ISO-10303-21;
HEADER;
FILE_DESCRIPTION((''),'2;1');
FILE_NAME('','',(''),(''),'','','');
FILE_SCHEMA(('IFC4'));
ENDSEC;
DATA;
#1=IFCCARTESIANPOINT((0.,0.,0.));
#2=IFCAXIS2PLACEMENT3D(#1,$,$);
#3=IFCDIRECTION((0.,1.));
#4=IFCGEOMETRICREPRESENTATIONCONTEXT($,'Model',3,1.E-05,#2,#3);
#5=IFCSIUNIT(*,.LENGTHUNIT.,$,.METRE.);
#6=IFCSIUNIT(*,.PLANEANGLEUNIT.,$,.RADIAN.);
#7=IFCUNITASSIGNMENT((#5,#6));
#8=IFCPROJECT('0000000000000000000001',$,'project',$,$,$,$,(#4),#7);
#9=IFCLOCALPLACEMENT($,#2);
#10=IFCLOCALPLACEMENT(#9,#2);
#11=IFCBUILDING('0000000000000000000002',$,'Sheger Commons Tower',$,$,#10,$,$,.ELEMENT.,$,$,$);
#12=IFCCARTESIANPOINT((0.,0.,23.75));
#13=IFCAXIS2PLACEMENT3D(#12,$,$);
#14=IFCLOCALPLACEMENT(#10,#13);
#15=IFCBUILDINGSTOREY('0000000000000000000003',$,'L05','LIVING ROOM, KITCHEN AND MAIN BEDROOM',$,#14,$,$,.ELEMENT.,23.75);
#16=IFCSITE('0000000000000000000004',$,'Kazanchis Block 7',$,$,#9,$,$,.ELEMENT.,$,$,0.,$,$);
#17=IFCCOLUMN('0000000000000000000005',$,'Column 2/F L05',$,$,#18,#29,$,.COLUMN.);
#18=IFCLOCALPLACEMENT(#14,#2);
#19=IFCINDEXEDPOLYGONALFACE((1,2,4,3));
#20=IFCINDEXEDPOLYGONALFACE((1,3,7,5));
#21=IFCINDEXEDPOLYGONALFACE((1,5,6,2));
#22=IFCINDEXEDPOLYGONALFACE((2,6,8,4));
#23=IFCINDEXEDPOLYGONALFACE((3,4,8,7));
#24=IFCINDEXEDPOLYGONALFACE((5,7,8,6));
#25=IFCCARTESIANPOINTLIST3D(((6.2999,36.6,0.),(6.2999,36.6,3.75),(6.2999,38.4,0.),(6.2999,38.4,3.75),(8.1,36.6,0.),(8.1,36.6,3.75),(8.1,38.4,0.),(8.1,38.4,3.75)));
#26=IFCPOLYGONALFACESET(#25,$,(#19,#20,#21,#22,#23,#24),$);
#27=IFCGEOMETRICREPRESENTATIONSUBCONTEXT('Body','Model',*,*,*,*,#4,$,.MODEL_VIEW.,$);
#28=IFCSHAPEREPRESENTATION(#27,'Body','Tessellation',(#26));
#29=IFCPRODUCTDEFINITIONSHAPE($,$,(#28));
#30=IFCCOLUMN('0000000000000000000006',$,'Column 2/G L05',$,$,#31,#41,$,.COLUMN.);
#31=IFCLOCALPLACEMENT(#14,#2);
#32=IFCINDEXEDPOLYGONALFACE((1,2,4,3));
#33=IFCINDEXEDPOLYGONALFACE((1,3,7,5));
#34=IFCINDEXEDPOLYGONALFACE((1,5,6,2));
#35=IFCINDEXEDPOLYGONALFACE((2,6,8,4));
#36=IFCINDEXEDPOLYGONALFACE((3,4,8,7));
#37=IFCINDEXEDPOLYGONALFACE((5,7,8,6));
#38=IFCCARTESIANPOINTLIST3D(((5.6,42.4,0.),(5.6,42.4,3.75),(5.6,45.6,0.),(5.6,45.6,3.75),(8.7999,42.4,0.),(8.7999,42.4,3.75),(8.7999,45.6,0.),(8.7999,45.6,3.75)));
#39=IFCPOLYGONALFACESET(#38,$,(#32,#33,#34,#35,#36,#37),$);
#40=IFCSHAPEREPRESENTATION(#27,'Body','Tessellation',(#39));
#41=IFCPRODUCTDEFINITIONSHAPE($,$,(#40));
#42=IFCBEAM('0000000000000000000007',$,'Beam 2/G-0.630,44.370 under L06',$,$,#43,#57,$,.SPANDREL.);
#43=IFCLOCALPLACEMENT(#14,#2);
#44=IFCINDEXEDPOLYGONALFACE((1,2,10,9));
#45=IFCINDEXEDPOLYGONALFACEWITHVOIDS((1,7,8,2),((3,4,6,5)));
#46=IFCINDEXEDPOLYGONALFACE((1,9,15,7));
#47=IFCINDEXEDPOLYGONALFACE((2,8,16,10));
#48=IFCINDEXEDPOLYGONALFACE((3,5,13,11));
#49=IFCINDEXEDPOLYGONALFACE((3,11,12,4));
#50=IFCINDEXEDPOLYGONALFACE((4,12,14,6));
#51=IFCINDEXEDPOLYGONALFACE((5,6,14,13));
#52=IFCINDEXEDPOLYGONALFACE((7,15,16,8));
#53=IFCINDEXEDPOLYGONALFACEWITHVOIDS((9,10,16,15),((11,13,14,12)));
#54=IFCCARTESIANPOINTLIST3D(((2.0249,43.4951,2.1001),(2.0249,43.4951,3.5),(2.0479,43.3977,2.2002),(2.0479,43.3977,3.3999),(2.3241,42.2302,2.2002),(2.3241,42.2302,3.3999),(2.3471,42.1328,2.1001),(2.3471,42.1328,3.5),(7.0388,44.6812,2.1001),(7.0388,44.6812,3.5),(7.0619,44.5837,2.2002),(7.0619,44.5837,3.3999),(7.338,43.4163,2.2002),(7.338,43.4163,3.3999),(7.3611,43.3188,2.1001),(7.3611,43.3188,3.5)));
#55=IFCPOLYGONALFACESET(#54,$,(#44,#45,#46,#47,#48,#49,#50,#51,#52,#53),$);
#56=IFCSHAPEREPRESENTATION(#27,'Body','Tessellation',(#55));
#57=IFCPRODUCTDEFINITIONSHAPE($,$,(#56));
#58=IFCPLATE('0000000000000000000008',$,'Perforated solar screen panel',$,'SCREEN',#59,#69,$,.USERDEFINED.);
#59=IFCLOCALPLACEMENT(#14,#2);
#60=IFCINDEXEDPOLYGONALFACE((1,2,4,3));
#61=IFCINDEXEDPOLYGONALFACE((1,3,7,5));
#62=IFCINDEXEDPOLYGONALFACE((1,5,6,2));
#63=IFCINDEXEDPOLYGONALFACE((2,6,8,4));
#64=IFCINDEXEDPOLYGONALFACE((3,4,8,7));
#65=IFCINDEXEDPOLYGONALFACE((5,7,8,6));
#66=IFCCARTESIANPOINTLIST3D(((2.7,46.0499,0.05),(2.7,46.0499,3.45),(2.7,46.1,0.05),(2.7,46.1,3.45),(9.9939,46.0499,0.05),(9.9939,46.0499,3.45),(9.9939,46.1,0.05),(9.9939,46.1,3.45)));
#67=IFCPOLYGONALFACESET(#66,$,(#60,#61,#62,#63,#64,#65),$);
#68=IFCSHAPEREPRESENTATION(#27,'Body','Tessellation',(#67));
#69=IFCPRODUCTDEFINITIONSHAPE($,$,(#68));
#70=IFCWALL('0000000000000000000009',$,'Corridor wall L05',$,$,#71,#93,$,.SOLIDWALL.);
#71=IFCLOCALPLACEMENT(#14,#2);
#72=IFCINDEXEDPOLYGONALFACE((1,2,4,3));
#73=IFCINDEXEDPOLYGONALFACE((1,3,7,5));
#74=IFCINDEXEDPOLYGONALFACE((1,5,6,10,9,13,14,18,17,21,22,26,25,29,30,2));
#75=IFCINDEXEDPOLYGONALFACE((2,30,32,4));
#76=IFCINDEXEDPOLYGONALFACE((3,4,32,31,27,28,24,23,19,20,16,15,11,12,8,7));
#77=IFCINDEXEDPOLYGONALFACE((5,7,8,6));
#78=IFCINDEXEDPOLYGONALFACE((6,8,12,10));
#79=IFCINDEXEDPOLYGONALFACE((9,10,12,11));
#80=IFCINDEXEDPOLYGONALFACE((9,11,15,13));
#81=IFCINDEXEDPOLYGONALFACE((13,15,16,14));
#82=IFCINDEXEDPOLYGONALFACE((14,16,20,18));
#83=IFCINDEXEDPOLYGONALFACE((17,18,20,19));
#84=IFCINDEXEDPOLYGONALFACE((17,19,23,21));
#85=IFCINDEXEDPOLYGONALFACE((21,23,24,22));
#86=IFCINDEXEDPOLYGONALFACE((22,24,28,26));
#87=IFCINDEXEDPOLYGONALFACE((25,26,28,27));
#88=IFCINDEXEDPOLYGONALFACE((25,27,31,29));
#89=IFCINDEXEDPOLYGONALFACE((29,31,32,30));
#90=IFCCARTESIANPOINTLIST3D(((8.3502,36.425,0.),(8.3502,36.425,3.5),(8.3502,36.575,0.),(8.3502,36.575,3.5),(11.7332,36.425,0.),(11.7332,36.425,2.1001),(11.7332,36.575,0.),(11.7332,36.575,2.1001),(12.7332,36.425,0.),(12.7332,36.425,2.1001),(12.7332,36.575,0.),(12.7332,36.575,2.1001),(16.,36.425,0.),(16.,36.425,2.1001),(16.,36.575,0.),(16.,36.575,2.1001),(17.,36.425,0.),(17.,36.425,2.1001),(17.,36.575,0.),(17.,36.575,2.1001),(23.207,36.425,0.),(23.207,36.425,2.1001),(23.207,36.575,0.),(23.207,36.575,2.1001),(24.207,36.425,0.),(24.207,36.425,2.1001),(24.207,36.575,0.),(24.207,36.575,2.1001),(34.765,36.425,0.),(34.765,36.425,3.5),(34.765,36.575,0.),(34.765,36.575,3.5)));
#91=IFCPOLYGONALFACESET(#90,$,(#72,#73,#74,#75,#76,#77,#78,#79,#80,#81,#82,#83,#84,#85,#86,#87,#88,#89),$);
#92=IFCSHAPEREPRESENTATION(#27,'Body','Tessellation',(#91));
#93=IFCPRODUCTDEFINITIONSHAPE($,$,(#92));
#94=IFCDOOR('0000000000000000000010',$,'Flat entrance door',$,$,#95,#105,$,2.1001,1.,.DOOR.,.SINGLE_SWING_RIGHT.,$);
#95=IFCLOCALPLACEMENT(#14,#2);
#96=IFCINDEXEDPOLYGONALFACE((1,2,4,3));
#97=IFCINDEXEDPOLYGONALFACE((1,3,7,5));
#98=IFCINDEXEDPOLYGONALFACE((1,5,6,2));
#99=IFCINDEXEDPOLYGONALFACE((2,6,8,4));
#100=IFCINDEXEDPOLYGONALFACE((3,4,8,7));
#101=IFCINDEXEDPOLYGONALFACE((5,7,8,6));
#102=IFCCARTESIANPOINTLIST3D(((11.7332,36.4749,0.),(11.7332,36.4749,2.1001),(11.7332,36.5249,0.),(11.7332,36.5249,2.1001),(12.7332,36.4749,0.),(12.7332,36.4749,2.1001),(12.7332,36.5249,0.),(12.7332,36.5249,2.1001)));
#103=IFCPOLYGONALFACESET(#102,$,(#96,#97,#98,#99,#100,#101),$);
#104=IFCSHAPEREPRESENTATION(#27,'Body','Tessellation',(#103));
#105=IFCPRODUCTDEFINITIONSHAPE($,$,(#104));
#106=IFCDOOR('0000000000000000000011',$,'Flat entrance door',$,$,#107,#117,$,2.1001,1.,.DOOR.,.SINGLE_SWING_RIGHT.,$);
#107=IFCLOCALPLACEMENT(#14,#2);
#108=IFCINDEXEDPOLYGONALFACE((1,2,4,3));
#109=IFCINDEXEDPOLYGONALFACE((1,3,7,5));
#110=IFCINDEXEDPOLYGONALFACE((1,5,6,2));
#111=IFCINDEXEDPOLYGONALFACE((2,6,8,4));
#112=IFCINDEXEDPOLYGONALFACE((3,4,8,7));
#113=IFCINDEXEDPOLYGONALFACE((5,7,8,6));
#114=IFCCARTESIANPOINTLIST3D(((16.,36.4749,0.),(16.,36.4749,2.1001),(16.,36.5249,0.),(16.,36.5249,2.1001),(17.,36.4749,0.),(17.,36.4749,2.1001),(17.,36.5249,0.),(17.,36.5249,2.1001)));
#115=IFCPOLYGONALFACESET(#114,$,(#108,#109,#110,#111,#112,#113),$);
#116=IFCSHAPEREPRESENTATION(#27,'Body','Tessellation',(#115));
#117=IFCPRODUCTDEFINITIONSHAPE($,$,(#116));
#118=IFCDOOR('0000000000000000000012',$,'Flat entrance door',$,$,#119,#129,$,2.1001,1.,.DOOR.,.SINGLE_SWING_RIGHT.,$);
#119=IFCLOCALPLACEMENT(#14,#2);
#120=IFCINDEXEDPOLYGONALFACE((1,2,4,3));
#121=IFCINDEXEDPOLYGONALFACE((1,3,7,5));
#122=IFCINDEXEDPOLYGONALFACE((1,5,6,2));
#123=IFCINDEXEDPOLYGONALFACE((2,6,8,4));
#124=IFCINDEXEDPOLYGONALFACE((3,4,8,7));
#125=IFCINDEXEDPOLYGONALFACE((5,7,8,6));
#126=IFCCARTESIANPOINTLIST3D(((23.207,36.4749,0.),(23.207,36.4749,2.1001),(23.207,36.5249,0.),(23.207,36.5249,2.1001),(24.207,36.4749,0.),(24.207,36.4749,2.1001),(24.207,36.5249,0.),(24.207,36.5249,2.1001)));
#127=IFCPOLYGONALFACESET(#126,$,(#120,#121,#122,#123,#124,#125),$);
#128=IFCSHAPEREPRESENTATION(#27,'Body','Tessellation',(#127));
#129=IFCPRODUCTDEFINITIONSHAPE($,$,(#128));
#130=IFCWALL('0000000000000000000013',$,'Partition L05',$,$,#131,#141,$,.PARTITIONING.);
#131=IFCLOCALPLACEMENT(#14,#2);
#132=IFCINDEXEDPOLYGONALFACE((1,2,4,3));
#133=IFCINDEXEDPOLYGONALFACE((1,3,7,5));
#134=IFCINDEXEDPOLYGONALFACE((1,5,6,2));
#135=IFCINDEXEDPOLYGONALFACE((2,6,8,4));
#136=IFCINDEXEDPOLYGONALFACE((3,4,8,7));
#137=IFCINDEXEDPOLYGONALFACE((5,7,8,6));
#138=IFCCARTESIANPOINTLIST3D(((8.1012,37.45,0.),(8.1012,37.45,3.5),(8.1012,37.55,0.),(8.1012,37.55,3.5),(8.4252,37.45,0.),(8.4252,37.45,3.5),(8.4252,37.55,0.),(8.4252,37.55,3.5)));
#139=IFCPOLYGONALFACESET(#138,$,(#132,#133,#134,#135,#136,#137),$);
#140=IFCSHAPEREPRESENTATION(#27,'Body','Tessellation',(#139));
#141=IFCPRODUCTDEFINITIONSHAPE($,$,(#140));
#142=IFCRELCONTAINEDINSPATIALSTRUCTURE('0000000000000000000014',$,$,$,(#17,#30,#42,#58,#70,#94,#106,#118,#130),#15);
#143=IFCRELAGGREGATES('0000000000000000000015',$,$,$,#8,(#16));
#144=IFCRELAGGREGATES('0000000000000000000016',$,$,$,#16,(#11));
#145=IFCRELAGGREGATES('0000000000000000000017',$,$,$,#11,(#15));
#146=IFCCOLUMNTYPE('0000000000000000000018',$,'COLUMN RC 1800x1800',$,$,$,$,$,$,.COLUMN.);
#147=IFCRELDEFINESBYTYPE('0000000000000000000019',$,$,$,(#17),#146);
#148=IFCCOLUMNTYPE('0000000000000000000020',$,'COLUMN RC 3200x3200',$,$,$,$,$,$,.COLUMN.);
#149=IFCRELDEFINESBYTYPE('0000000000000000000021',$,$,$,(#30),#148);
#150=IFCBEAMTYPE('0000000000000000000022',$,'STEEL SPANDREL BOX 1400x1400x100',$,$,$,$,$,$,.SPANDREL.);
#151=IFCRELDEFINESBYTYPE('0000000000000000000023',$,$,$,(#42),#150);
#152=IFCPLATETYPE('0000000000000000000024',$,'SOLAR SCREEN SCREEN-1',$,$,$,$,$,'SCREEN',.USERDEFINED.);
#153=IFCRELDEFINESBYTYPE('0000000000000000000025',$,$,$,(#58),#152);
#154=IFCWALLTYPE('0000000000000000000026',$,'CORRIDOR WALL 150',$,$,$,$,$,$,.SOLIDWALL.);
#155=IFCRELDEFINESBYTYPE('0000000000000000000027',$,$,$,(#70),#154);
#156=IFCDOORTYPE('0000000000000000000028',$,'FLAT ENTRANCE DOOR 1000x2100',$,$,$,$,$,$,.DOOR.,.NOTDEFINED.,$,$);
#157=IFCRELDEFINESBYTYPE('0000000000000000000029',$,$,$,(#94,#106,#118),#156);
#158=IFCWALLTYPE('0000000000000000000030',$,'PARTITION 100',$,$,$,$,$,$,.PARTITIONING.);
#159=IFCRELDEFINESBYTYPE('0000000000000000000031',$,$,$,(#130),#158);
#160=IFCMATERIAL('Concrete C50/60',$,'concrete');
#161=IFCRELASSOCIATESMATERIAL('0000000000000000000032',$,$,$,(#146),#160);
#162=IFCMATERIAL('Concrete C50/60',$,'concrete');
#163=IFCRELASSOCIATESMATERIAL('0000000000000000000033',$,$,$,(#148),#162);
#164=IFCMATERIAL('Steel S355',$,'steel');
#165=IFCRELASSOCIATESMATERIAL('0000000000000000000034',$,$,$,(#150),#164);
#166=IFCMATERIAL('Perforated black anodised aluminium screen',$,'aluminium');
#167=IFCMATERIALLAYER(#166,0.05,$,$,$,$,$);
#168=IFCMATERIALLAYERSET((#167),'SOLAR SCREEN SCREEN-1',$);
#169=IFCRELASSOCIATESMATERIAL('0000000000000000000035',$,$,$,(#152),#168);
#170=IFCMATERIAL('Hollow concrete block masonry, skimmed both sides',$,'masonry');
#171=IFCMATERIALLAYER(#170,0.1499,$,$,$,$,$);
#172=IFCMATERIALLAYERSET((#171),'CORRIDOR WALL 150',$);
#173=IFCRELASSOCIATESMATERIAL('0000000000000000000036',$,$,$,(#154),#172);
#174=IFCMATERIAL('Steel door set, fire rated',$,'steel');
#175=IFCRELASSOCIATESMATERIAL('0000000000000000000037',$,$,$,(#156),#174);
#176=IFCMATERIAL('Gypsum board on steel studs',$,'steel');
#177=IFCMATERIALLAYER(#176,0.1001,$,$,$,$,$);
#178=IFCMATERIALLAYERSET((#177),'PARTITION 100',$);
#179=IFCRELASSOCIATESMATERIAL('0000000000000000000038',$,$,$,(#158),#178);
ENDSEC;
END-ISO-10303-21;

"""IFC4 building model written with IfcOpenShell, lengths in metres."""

from ifc_helpers import new_model, si_unit, direction, frame, frame_2d, origin, origin_2d, place, context, subcontext, project, spatial, rectangle, hollow_rectangle, extrude, material, layer, layer_set, material_profile, profile_set, type_object, element, fill, save


model = new_model("IFC4")

# Units and contexts
model_context = context("Model", 3, precision=1e-05, world=origin(), true_north=direction((0.0, 1.0)))
body_context = subcontext(model_context, "Body", "Model", "MODEL_VIEW")
ifc_project = project(units=[si_unit("LENGTHUNIT", "METRE"), si_unit("PLANEANGLEUNIT", "RADIAN")], contexts=[model_context])

# Site, building, storey
site_placement = place(None, origin())
site = spatial("IfcSite", under=ifc_project, at=site_placement, Name="Kazanchis Block 7", CompositionType="ELEMENT", RefElevation=0.0)
building_placement = place(site_placement, origin())
building = spatial("IfcBuilding", under=site, at=building_placement, Name="Sheger Commons Tower", CompositionType="ELEMENT")
storey_placement = place(building_placement, frame((0.0, 0.0, 23.75)))
storey = spatial("IfcBuildingStorey", under=building, at=storey_placement, Name="L05", Description="LIVING ROOM, KITCHEN AND MAIN BEDROOM", CompositionType="ELEMENT", Elevation=23.75)

# Columns
ifc_material_1 = material(Name="Concrete C50/60", Category="concrete")
ifc_material_profile_1 = material_profile(ifc_material_1, rectangle(XDim=1.8, YDim=1.8, at=origin_2d()), Name="RC 1800x1800")
ifc_profile_set_1 = profile_set([ifc_material_profile_1], Name="Concrete C50/60")
column_type_1 = type_object("IfcColumnType", Name="COLUMN RC 1800x1800", PredefinedType="COLUMN", material=ifc_profile_set_1)
column_1_placement = place(storey_placement, frame((7.2, 37.5, 0.0), z_axis=(0.0, 0.0, 1.0), x_axis=(1.0, 0.0, 0.0)))
element("IfcColumn", 1, at=column_1_placement, inside=storey, type_object=column_type_1, Name="Column 2/F L05", PredefinedType="COLUMN", context=body_context, shape_type="SweptSolid", body=[
    extrude(rectangle(XDim=1.8, YDim=1.8, at=origin_2d()), origin(), (0.0, 0.0, 1.0), 3.75),
])
ifc_material_2 = material(Name="Concrete C50/60", Category="concrete")
ifc_material_profile_2 = material_profile(ifc_material_2, rectangle(XDim=3.2, YDim=3.2, at=origin_2d()), Name="RC 3200x3200")
ifc_profile_set_2 = profile_set([ifc_material_profile_2], Name="Concrete C50/60")
column_type_2 = type_object("IfcColumnType", Name="COLUMN RC 3200x3200", PredefinedType="COLUMN", material=ifc_profile_set_2)
column_2_placement = place(storey_placement, frame((7.2, 44.0, 0.0), z_axis=(0.0, 0.0, 1.0), x_axis=(1.0, 0.0, 0.0)))
element("IfcColumn", 2, at=column_2_placement, inside=storey, type_object=column_type_2, Name="Column 2/G L05", PredefinedType="COLUMN", context=body_context, shape_type="SweptSolid", body=[
    extrude(rectangle(XDim=3.2, YDim=3.2, at=origin_2d()), origin(), (0.0, 0.0, 1.0), 3.75),
])

# Beam
ifc_material_3 = material(Name="Steel S355", Category="steel")
ifc_material_profile_3 = material_profile(ifc_material_3, hollow_rectangle(XDim=1.3999, YDim=1.3999, WallThickness=0.1001, at=origin_2d()), Name="BOX 1400x1400x100")
ifc_profile_set_3 = profile_set([ifc_material_profile_3], Name="Steel S355")
beam_type = type_object("IfcBeamType", Name="STEEL SPANDREL BOX 1400x1400x100", PredefinedType="SPANDREL", material=ifc_profile_set_3)
beam_placement = place(storey_placement, frame((7.2, 44.0, 2.8), z_axis=(-0.973144, -0.230196, 0.0), x_axis=(0.230196, -0.973144, 0.0)))
element("IfcBeam", 3, at=beam_placement, inside=storey, type_object=beam_type, Name="Beam 2/G-0.630,44.370 under L06", PredefinedType="SPANDREL", context=body_context, shape_type="SweptSolid", body=[
    extrude(hollow_rectangle(XDim=1.3999, YDim=1.3999, WallThickness=0.1001, at=origin_2d()), origin(), (0.0, 0.0, 1.0), 5.1523),
])

# Plate
ifc_material_4 = material(Name="Perforated black anodised aluminium screen", Category="aluminium")
ifc_layer_1 = layer(ifc_material_4, 0.05)
ifc_layer_set_1 = layer_set([ifc_layer_1], Name="SOLAR SCREEN SCREEN-1")
plate_type = type_object("IfcPlateType", Name="SOLAR SCREEN SCREEN-1", ElementType="SCREEN", PredefinedType="USERDEFINED", material=ifc_layer_set_1)
plate_placement = place(storey_placement, frame((6.3469, 46.075, 0.05), z_axis=(0.0, 0.0, 1.0), x_axis=(-1.0, 0.0, 0.0)))
element("IfcPlate", 4, at=plate_placement, inside=storey, type_object=plate_type, Name="Perforated solar screen panel", ObjectType="SCREEN", PredefinedType="USERDEFINED", context=body_context, shape_type="SweptSolid", body=[
    extrude(rectangle(XDim=7.2939, YDim=0.05, at=origin_2d()), origin(), (0.0, 0.0, 1.0), 3.3999),
])

# Wall, openings, doors
ifc_material_5 = material(Name="Hollow concrete block masonry, skimmed both sides", Category="masonry")
ifc_layer_2 = layer(ifc_material_5, 0.1499)
ifc_layer_set_2 = layer_set([ifc_layer_2], Name="CORRIDOR WALL 150")
wall_type_1 = type_object("IfcWallType", Name="CORRIDOR WALL 150", PredefinedType="SOLIDWALL", material=ifc_layer_set_2)
wall_1_placement = place(storey_placement, frame((8.3501, 36.5, 0.0), z_axis=(0.0, 0.0, 1.0), x_axis=(1.0, 0.0, 0.0)))
wall_1 = element("IfcWall", 5, at=wall_1_placement, inside=storey, type_object=wall_type_1, Name="Corridor wall L05", PredefinedType="SOLIDWALL", context=body_context, shape_type="SweptSolid", body=[
    extrude(rectangle(XDim=26.4148, YDim=0.1499, at=frame_2d((13.2075, 0.0))), origin(), (0.0, 0.0, 1.0), 3.5),
])
opening_1_placement = place(wall_1_placement, frame((3.3831, 0.0, 0.0)))
opening_1 = element("IfcOpeningElement", 6, at=opening_1_placement, cuts=wall_1, PredefinedType="OPENING", context=body_context, shape_type="SweptSolid", body=[
    extrude(rectangle(XDim=1.0, YDim=2.1001, at=frame_2d((0.5, 1.05))), frame((0.0, 0.085, 0.0), z_axis=(0.0, -1.0, 0.0), x_axis=(1.0, 0.0, 0.0)), (0.0, 0.0, 1.0), 0.1699),
])
opening_2_placement = place(wall_1_placement, frame((7.6499, 0.0, 0.0)))
opening_2 = element("IfcOpeningElement", 7, at=opening_2_placement, cuts=wall_1, PredefinedType="OPENING", context=body_context, shape_type="SweptSolid", body=[
    extrude(rectangle(XDim=1.0, YDim=2.1001, at=frame_2d((0.5, 1.05))), frame((0.0, 0.085, 0.0), z_axis=(0.0, -1.0, 0.0), x_axis=(1.0, 0.0, 0.0)), (0.0, 0.0, 1.0), 0.1699),
])
opening_3_placement = place(wall_1_placement, frame((14.8569, 0.0, 0.0)))
opening_3 = element("IfcOpeningElement", 8, at=opening_3_placement, cuts=wall_1, PredefinedType="OPENING", context=body_context, shape_type="SweptSolid", body=[
    extrude(rectangle(XDim=1.0, YDim=2.1001, at=frame_2d((0.5, 1.05))), frame((0.0, 0.085, 0.0), z_axis=(0.0, -1.0, 0.0), x_axis=(1.0, 0.0, 0.0)), (0.0, 0.0, 1.0), 0.1699),
])
ifc_material_6 = material(Name="Steel door set, fire rated", Category="steel")
door_type_1 = type_object("IfcDoorType", Name="FLAT ENTRANCE DOOR 1000x2100", OperationType="NOTDEFINED", PredefinedType="DOOR", material=ifc_material_6)
door_1_placement = place(opening_1_placement, origin())
door_1 = element("IfcDoor", 9, at=door_1_placement, inside=storey, type_object=door_type_1, Name="Flat entrance door", OperationType="SINGLE_SWING_RIGHT", OverallHeight=2.1001, OverallWidth=1.0, PredefinedType="DOOR", context=body_context, shape_type="SweptSolid", body=[
    extrude(rectangle(XDim=1.0, YDim=2.1001, at=frame_2d((0.5, 1.05))), frame((0.0, 0.0249, 0.0), z_axis=(0.0, -1.0, 0.0), x_axis=(1.0, 0.0, 0.0)), (0.0, 0.0, 1.0), 0.05),
])
fill(opening_1, door_1)
door_2_placement = place(opening_2_placement, origin())
door_2 = element("IfcDoor", 10, at=door_2_placement, inside=storey, type_object=door_type_1, Name="Flat entrance door", OperationType="SINGLE_SWING_RIGHT", OverallHeight=2.1001, OverallWidth=1.0, PredefinedType="DOOR", context=body_context, shape_type="SweptSolid", body=[
    extrude(rectangle(XDim=1.0, YDim=2.1001, at=frame_2d((0.5, 1.05))), frame((0.0, 0.0249, 0.0), z_axis=(0.0, -1.0, 0.0), x_axis=(1.0, 0.0, 0.0)), (0.0, 0.0, 1.0), 0.05),
])
fill(opening_2, door_2)
door_3_placement = place(opening_3_placement, origin())
door_3 = element("IfcDoor", 11, at=door_3_placement, inside=storey, type_object=door_type_1, Name="Flat entrance door", OperationType="SINGLE_SWING_RIGHT", OverallHeight=2.1001, OverallWidth=1.0, PredefinedType="DOOR", context=body_context, shape_type="SweptSolid", body=[
    extrude(rectangle(XDim=1.0, YDim=2.1001, at=frame_2d((0.5, 1.05))), frame((0.0, 0.0249, 0.0), z_axis=(0.0, -1.0, 0.0), x_axis=(1.0, 0.0, 0.0)), (0.0, 0.0, 1.0), 0.05),
])
fill(opening_3, door_3)

# Wall
ifc_material_7 = material(Name="Gypsum board on steel studs", Category="steel")
ifc_layer_3 = layer(ifc_material_7, 0.1001)
ifc_layer_set_3 = layer_set([ifc_layer_3], Name="PARTITION 100")
wall_type_2 = type_object("IfcWallType", Name="PARTITION 100", PredefinedType="PARTITIONING", material=ifc_layer_set_3)
wall_2_placement = place(storey_placement, frame((8.1011, 37.5, 0.0), z_axis=(0.0, 0.0, 1.0), x_axis=(1.0, 0.0, 0.0)))
element("IfcWall", 12, at=wall_2_placement, inside=storey, type_object=wall_type_2, Name="Partition L05", PredefinedType="PARTITIONING", context=body_context, shape_type="SweptSolid", body=[
    extrude(rectangle(XDim=0.324, YDim=0.1001, at=frame_2d((0.1621, 0.0))), origin(), (0.0, 0.0, 1.0), 3.5),
])

save(model, "model.ifc")
